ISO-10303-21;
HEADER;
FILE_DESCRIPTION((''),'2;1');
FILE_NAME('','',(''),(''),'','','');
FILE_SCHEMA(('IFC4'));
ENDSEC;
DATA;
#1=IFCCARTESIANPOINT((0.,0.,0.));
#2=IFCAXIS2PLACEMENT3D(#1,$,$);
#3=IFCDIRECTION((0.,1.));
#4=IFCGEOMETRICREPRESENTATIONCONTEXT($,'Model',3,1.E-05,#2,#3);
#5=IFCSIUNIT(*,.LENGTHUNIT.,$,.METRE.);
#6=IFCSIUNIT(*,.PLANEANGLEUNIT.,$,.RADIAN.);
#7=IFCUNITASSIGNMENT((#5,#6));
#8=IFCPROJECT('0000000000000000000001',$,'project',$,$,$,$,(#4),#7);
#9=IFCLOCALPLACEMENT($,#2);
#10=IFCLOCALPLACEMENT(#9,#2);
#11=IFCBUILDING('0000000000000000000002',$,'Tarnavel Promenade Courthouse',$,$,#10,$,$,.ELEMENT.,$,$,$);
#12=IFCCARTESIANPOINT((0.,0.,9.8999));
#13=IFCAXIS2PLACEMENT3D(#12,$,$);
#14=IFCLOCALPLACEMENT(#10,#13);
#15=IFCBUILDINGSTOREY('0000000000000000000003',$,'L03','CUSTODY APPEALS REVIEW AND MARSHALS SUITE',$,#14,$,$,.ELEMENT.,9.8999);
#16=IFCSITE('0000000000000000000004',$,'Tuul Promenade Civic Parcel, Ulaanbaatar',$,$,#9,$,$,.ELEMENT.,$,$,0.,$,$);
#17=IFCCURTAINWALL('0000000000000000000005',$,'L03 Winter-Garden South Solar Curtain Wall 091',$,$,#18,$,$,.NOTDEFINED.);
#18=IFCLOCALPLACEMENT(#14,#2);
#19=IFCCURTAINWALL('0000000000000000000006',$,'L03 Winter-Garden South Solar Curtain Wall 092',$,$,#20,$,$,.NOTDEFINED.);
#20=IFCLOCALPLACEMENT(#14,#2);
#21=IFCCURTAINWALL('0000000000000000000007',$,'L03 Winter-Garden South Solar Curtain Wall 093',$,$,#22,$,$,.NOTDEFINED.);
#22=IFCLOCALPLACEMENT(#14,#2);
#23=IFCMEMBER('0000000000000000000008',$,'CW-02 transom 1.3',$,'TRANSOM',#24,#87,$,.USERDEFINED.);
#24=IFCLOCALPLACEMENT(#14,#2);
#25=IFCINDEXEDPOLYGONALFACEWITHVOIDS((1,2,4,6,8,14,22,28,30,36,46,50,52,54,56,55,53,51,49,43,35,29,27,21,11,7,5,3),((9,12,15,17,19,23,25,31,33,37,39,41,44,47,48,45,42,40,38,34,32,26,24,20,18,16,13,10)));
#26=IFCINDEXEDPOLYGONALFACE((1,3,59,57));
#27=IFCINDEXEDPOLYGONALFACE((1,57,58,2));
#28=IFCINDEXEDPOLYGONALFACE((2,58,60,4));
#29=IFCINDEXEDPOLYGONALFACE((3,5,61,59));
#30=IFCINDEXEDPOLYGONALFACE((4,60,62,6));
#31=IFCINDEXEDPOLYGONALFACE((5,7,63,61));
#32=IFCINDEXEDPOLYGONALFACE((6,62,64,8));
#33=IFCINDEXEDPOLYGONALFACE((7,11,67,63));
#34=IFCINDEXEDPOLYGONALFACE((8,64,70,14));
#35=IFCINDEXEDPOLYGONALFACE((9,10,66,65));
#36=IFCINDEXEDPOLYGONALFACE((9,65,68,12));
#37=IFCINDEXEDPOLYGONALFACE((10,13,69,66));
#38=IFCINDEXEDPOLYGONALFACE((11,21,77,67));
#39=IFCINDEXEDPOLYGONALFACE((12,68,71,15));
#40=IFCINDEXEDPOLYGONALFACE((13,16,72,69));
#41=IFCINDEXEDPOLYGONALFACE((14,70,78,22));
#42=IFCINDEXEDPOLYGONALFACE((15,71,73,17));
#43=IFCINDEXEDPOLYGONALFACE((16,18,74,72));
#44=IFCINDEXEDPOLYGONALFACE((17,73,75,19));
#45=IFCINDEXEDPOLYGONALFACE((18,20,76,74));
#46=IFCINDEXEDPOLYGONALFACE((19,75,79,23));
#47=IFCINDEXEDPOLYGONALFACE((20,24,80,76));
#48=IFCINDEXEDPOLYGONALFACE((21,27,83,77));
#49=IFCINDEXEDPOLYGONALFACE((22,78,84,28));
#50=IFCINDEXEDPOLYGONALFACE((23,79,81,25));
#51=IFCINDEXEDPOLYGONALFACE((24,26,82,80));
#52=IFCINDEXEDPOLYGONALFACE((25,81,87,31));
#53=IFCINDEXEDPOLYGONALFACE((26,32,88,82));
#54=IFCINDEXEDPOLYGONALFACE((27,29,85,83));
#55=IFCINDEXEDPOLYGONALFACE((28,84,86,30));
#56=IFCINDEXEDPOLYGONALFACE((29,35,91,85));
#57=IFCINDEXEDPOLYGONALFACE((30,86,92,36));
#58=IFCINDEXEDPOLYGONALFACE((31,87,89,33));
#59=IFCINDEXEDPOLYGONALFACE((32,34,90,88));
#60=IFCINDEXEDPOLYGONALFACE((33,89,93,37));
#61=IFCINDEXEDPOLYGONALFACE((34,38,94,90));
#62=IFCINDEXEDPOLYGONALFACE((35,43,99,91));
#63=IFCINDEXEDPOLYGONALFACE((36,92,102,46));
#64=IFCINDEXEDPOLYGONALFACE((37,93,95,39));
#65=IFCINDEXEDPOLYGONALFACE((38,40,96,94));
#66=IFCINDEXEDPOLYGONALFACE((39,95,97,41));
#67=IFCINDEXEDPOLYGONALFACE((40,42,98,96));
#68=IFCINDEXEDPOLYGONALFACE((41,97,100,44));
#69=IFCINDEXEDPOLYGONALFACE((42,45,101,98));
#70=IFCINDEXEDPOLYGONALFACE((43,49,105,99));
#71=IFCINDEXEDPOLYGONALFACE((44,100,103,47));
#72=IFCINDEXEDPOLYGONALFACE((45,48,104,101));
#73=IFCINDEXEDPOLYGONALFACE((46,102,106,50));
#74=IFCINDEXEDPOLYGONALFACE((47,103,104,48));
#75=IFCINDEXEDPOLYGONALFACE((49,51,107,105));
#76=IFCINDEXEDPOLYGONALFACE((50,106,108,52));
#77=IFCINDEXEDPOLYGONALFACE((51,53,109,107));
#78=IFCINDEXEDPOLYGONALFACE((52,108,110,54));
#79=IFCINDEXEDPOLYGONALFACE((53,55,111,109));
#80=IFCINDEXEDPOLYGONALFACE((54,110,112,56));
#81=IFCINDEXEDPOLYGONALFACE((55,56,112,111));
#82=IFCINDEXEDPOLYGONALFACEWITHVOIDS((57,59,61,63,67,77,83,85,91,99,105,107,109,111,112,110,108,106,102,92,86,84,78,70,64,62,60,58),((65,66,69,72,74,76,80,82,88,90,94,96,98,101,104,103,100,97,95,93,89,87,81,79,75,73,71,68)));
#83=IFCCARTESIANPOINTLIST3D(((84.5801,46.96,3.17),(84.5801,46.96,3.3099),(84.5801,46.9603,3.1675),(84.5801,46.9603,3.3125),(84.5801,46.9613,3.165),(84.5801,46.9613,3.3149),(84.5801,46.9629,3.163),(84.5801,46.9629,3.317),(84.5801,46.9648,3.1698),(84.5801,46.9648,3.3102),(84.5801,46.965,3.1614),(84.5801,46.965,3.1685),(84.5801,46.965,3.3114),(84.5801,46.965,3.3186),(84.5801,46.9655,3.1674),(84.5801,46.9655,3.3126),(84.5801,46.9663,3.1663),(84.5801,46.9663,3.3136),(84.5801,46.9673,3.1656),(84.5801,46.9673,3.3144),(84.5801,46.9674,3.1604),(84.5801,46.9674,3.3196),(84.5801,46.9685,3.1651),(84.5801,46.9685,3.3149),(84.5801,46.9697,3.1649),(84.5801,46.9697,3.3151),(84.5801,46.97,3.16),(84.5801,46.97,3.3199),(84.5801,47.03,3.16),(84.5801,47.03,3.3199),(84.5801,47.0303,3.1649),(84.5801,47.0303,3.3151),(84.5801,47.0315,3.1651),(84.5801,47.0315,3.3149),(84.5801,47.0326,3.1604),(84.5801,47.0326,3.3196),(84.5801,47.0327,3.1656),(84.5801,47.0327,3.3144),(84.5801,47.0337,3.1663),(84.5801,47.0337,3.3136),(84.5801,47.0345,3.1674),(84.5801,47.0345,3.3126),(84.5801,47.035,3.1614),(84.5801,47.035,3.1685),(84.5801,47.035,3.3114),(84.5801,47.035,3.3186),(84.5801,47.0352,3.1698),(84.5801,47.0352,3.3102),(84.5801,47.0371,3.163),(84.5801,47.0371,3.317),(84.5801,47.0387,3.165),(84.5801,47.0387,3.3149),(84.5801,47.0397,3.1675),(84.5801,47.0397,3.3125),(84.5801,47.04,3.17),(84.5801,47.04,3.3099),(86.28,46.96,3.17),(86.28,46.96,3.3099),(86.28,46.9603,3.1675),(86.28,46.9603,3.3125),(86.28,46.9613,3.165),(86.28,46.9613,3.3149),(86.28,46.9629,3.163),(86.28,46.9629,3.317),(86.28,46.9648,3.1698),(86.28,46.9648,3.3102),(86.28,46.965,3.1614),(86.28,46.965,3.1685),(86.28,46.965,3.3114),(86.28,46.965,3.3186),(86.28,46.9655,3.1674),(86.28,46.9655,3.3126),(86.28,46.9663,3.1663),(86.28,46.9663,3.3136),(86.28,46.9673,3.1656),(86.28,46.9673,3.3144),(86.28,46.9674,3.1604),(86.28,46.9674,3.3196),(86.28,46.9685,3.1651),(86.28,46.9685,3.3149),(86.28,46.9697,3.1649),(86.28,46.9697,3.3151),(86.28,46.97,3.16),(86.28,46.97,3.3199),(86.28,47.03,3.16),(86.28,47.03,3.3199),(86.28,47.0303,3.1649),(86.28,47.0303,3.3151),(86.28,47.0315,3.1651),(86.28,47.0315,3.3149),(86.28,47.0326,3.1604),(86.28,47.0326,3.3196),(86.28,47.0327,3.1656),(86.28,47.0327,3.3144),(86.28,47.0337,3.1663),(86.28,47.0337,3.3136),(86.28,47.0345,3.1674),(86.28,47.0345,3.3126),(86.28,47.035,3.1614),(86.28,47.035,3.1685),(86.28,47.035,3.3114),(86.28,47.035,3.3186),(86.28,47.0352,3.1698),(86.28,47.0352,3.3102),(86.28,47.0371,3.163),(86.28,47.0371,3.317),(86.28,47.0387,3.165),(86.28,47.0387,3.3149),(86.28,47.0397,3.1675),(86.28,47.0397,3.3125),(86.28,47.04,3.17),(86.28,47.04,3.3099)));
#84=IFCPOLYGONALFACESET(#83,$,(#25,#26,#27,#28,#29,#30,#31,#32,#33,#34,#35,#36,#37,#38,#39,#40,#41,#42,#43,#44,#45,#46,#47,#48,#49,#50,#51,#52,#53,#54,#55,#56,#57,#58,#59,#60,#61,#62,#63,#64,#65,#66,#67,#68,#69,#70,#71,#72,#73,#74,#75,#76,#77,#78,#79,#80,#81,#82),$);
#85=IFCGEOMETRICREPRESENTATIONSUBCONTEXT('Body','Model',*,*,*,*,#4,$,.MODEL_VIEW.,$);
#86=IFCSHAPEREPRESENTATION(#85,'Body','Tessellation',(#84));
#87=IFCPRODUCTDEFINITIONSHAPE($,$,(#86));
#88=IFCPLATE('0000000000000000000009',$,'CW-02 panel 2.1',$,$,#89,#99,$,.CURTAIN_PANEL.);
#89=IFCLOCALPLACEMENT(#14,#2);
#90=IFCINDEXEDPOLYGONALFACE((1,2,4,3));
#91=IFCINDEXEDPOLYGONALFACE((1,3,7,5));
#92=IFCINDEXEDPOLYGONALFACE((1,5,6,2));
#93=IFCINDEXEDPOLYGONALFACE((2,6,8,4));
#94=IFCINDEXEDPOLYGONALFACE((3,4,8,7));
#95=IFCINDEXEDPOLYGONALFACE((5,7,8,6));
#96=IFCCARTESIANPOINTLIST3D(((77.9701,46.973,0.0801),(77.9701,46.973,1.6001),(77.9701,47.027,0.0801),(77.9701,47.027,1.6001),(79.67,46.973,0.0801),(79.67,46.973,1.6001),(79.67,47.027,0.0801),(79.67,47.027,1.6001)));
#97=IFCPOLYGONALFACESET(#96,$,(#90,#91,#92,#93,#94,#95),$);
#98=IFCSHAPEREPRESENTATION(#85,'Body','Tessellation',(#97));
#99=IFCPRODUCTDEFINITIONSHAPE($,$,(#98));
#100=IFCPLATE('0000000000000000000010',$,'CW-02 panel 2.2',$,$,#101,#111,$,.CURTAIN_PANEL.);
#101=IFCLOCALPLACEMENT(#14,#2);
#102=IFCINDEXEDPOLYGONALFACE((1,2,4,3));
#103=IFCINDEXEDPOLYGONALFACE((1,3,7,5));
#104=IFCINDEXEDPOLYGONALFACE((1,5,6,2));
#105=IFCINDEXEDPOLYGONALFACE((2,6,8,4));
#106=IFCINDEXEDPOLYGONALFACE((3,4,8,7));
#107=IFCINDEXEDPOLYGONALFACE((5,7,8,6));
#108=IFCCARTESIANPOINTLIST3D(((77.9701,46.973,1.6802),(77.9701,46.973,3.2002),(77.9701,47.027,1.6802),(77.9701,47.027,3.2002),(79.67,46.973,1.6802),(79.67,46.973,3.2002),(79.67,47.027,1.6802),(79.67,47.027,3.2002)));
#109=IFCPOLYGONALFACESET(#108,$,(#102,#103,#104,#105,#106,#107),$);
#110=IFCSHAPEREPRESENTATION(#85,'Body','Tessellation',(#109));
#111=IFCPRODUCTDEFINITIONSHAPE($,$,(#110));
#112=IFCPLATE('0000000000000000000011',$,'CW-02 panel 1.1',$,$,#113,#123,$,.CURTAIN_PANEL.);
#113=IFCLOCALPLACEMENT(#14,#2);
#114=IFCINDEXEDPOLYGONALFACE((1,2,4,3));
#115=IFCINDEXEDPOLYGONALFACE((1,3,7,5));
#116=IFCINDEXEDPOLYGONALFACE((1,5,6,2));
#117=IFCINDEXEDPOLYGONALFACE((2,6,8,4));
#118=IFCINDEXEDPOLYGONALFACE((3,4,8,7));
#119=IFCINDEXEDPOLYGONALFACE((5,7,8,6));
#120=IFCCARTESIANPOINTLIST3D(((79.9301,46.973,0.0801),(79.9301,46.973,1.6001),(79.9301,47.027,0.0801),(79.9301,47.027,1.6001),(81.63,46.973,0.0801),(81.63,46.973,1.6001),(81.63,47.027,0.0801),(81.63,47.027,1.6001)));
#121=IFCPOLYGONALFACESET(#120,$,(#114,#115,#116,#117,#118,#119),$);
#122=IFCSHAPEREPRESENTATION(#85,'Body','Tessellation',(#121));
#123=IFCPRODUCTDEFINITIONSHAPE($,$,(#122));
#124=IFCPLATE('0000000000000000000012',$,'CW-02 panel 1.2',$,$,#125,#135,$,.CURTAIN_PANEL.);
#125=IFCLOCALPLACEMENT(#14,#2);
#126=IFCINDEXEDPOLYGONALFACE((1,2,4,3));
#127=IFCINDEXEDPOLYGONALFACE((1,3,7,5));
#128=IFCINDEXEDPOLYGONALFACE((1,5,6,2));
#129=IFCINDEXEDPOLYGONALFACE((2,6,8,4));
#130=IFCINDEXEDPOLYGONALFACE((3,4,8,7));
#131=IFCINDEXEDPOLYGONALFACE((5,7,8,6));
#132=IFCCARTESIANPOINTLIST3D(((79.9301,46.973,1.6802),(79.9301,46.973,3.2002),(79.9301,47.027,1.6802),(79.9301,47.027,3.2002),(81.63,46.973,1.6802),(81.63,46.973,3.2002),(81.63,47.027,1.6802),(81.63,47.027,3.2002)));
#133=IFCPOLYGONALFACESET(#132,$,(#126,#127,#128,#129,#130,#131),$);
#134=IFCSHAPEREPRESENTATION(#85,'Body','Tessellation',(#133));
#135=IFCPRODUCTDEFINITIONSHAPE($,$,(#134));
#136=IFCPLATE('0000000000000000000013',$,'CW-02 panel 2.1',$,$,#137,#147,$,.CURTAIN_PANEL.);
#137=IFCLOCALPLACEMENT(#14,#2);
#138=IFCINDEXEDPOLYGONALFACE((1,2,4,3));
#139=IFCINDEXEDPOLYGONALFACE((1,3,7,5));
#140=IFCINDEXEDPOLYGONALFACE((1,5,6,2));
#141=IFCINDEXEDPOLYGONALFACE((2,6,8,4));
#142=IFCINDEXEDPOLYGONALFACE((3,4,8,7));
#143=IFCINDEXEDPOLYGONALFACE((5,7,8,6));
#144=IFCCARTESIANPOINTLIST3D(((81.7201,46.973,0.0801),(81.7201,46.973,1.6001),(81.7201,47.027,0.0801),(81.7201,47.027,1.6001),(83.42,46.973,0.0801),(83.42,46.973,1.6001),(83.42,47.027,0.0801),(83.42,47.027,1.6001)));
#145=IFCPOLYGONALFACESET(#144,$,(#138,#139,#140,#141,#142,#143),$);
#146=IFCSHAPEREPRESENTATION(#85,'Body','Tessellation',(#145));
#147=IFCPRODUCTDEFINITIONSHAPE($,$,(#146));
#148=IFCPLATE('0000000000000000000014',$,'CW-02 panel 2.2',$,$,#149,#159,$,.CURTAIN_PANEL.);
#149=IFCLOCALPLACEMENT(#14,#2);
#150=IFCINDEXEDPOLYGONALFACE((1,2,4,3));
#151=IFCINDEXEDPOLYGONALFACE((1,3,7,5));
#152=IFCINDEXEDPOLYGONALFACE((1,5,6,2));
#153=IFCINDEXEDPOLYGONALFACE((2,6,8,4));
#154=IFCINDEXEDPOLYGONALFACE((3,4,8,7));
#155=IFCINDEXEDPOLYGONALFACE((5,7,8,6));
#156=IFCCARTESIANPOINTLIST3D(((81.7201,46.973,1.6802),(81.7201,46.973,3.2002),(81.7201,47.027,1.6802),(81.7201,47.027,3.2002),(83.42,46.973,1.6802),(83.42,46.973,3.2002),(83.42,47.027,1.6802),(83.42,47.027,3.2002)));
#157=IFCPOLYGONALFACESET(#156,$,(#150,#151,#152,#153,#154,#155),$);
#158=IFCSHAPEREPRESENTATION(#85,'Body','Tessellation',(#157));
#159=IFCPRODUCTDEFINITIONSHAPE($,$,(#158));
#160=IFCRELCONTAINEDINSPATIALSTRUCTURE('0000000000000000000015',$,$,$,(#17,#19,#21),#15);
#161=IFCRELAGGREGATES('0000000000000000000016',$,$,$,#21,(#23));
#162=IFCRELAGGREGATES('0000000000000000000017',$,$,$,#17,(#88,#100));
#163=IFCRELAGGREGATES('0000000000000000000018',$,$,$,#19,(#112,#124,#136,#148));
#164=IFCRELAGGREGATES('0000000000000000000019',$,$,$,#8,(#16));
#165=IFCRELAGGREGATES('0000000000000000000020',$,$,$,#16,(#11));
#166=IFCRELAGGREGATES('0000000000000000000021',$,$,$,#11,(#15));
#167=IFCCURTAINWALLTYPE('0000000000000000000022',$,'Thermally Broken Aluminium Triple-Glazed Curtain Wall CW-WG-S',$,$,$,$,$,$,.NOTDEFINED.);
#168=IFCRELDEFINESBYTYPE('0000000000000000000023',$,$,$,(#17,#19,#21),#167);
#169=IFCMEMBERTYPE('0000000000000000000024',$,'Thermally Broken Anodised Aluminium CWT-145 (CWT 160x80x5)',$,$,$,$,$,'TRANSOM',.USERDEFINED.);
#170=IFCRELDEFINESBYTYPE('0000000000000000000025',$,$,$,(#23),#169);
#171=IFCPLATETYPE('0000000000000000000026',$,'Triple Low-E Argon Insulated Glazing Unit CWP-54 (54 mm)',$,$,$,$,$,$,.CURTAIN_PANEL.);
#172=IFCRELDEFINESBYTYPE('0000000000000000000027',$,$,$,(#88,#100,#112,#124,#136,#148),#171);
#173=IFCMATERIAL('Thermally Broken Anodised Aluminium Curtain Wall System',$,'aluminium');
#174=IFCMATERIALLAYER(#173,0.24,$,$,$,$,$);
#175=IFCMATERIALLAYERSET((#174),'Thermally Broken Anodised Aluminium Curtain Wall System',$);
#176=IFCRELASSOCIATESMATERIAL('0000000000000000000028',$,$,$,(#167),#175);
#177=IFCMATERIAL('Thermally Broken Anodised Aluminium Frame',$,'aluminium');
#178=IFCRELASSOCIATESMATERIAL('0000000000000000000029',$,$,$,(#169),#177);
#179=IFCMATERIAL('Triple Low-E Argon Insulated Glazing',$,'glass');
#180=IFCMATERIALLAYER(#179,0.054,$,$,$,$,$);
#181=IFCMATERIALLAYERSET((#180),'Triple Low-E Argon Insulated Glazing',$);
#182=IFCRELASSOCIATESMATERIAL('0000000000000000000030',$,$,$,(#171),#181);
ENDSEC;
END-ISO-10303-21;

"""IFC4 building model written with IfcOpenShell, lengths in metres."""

from ifc_helpers import new_model, si_unit, direction, frame, origin, origin_2d, place, context, subcontext, project, spatial, rectangle, hollow_rectangle, extrude, material, layer, layer_set, material_profile, profile_set, type_object, element, aggregate, save


model = new_model("IFC4")

# Units and contexts
model_context = context("Model", 3, precision=1e-05, world=origin(), true_north=direction((0.0, 1.0)))
body_context = subcontext(model_context, "Body", "Model", "MODEL_VIEW")
ifc_project = project(units=[si_unit("LENGTHUNIT", "METRE"), si_unit("PLANEANGLEUNIT", "RADIAN")], contexts=[model_context])

# Site, building, storey
site_placement = place(None, origin())
site = spatial("IfcSite", under=ifc_project, at=site_placement, Name="Tuul Promenade Civic Parcel, Ulaanbaatar", CompositionType="ELEMENT", RefElevation=0.0)
building_placement = place(site_placement, origin())
building = spatial("IfcBuilding", under=site, at=building_placement, Name="Tarnavel Promenade Courthouse", CompositionType="ELEMENT")
storey_placement = place(building_placement, frame((0.0, 0.0, 9.8999)))
storey = spatial("IfcBuildingStorey", under=building, at=storey_placement, Name="L03", Description="CUSTODY APPEALS REVIEW AND MARSHALS SUITE", CompositionType="ELEMENT", Elevation=9.8999)

# Curtain wall
ifc_material_1 = material(Name="Thermally Broken Anodised Aluminium Curtain Wall System", Category="aluminium")
ifc_layer_1 = layer(ifc_material_1, 0.24)
ifc_layer_set_1 = layer_set([ifc_layer_1], Name="Thermally Broken Anodised Aluminium Curtain Wall System")
curtain_wall_type = type_object("IfcCurtainWallType", Name="Thermally Broken Aluminium Triple-Glazed Curtain Wall CW-WG-S", PredefinedType="NOTDEFINED", material=ifc_layer_set_1)
curtain_wall_1_placement = place(storey_placement, origin())
curtain_wall_1 = element("IfcCurtainWall", 1, at=curtain_wall_1_placement, inside=storey, type_object=curtain_wall_type, Name="L03 Winter-Garden South Solar Curtain Wall 091", PredefinedType="NOTDEFINED")
ifc_material_2 = material(Name="Thermally Broken Anodised Aluminium Frame", Category="aluminium")

# Curtain wall
curtain_wall_2_placement = place(storey_placement, origin())
curtain_wall_2 = element("IfcCurtainWall", 2, at=curtain_wall_2_placement, inside=storey, type_object=curtain_wall_type, Name="L03 Winter-Garden South Solar Curtain Wall 092", PredefinedType="NOTDEFINED")

# Curtain wall
curtain_wall_3_placement = place(storey_placement, origin())
curtain_wall_3 = element("IfcCurtainWall", 3, at=curtain_wall_3_placement, inside=storey, type_object=curtain_wall_type, Name="L03 Winter-Garden South Solar Curtain Wall 093", PredefinedType="NOTDEFINED")

# Member
ifc_material_profile_1 = material_profile(ifc_material_2, hollow_rectangle(XDim=0.0801, YDim=0.1599, WallThickness=0.0049, InnerFilletRadius=0.0049, OuterFilletRadius=0.01, at=origin_2d()), Name="CWT 160x80x5")
ifc_profile_set_1 = profile_set([ifc_material_profile_1], Name="Thermally Broken Anodised Aluminium Frame")
member_type_1 = type_object("IfcMemberType", Name="Thermally Broken Anodised Aluminium CWT-145 (CWT 160x80x5)", ElementType="TRANSOM", PredefinedType="USERDEFINED", material=ifc_profile_set_1)
member_1_placement = place(storey_placement, frame((84.5801, 47.0, 3.24), z_axis=(1.0, 0.0, 0.0), x_axis=(0.0, 1.0, 0.0)))
member_1 = element("IfcMember", 4, at=member_1_placement, type_object=member_type_1, Name="CW-02 transom 1.3", ObjectType="TRANSOM", PredefinedType="USERDEFINED", context=body_context, shape_type="SweptSolid", body=[
    extrude(hollow_rectangle(XDim=0.0801, YDim=0.1599, WallThickness=0.0049, InnerFilletRadius=0.0049, OuterFilletRadius=0.01, at=origin_2d()), origin(), (0.0, 0.0, 1.0), 1.7),
])
aggregate(curtain_wall_3, [member_1])

# Plates
ifc_material_3 = material(Name="Triple Low-E Argon Insulated Glazing", Category="glass")
ifc_layer_2 = layer(ifc_material_3, 0.054)
ifc_layer_set_2 = layer_set([ifc_layer_2], Name="Triple Low-E Argon Insulated Glazing")
plate_type = type_object("IfcPlateType", Name="Triple Low-E Argon Insulated Glazing Unit CWP-54 (54 mm)", PredefinedType="CURTAIN_PANEL", material=ifc_layer_set_2)
plate_1_placement = place(storey_placement, frame((78.8201, 47.0, 0.0801), z_axis=(0.0, 0.0, 1.0), x_axis=(1.0, 0.0, 0.0)))
plate_1 = element("IfcPlate", 5, at=plate_1_placement, type_object=plate_type, Name="CW-02 panel 2.1", PredefinedType="CURTAIN_PANEL", context=body_context, shape_type="SweptSolid", body=[
    extrude(rectangle(XDim=1.7, YDim=0.054, at=origin_2d()), origin(), (0.0, 0.0, 1.0), 1.52),
])
plate_2_placement = place(storey_placement, frame((78.8201, 47.0, 1.6802), z_axis=(0.0, 0.0, 1.0), x_axis=(1.0, 0.0, 0.0)))
plate_2 = element("IfcPlate", 6, at=plate_2_placement, type_object=plate_type, Name="CW-02 panel 2.2", PredefinedType="CURTAIN_PANEL", context=body_context, shape_type="SweptSolid", body=[
    extrude(rectangle(XDim=1.7, YDim=0.054, at=origin_2d()), origin(), (0.0, 0.0, 1.0), 1.52),
])
aggregate(curtain_wall_1, [plate_1, plate_2])
plate_3_placement = place(storey_placement, frame((80.78, 47.0, 0.0801), z_axis=(0.0, 0.0, 1.0), x_axis=(1.0, 0.0, 0.0)))
plate_3 = element("IfcPlate", 7, at=plate_3_placement, type_object=plate_type, Name="CW-02 panel 1.1", PredefinedType="CURTAIN_PANEL", context=body_context, shape_type="SweptSolid", body=[
    extrude(rectangle(XDim=1.7, YDim=0.054, at=origin_2d()), origin(), (0.0, 0.0, 1.0), 1.52),
])
plate_4_placement = place(storey_placement, frame((80.78, 47.0, 1.6802), z_axis=(0.0, 0.0, 1.0), x_axis=(1.0, 0.0, 0.0)))
plate_4 = element("IfcPlate", 8, at=plate_4_placement, type_object=plate_type, Name="CW-02 panel 1.2", PredefinedType="CURTAIN_PANEL", context=body_context, shape_type="SweptSolid", body=[
    extrude(rectangle(XDim=1.7, YDim=0.054, at=origin_2d()), origin(), (0.0, 0.0, 1.0), 1.52),
])
plate_5_placement = place(storey_placement, frame((82.5701, 47.0, 0.0801), z_axis=(0.0, 0.0, 1.0), x_axis=(1.0, 0.0, 0.0)))
plate_5 = element("IfcPlate", 9, at=plate_5_placement, type_object=plate_type, Name="CW-02 panel 2.1", PredefinedType="CURTAIN_PANEL", context=body_context, shape_type="SweptSolid", body=[
    extrude(rectangle(XDim=1.7, YDim=0.054, at=origin_2d()), origin(), (0.0, 0.0, 1.0), 1.52),
])
plate_6_placement = place(storey_placement, frame((82.5701, 47.0, 1.6802), z_axis=(0.0, 0.0, 1.0), x_axis=(1.0, 0.0, 0.0)))
plate_6 = element("IfcPlate", 10, at=plate_6_placement, type_object=plate_type, Name="CW-02 panel 2.2", PredefinedType="CURTAIN_PANEL", context=body_context, shape_type="SweptSolid", body=[
    extrude(rectangle(XDim=1.7, YDim=0.054, at=origin_2d()), origin(), (0.0, 0.0, 1.0), 1.52),
])
aggregate(curtain_wall_2, [plate_3, plate_4, plate_5, plate_6])

save(model, "model.ifc")
